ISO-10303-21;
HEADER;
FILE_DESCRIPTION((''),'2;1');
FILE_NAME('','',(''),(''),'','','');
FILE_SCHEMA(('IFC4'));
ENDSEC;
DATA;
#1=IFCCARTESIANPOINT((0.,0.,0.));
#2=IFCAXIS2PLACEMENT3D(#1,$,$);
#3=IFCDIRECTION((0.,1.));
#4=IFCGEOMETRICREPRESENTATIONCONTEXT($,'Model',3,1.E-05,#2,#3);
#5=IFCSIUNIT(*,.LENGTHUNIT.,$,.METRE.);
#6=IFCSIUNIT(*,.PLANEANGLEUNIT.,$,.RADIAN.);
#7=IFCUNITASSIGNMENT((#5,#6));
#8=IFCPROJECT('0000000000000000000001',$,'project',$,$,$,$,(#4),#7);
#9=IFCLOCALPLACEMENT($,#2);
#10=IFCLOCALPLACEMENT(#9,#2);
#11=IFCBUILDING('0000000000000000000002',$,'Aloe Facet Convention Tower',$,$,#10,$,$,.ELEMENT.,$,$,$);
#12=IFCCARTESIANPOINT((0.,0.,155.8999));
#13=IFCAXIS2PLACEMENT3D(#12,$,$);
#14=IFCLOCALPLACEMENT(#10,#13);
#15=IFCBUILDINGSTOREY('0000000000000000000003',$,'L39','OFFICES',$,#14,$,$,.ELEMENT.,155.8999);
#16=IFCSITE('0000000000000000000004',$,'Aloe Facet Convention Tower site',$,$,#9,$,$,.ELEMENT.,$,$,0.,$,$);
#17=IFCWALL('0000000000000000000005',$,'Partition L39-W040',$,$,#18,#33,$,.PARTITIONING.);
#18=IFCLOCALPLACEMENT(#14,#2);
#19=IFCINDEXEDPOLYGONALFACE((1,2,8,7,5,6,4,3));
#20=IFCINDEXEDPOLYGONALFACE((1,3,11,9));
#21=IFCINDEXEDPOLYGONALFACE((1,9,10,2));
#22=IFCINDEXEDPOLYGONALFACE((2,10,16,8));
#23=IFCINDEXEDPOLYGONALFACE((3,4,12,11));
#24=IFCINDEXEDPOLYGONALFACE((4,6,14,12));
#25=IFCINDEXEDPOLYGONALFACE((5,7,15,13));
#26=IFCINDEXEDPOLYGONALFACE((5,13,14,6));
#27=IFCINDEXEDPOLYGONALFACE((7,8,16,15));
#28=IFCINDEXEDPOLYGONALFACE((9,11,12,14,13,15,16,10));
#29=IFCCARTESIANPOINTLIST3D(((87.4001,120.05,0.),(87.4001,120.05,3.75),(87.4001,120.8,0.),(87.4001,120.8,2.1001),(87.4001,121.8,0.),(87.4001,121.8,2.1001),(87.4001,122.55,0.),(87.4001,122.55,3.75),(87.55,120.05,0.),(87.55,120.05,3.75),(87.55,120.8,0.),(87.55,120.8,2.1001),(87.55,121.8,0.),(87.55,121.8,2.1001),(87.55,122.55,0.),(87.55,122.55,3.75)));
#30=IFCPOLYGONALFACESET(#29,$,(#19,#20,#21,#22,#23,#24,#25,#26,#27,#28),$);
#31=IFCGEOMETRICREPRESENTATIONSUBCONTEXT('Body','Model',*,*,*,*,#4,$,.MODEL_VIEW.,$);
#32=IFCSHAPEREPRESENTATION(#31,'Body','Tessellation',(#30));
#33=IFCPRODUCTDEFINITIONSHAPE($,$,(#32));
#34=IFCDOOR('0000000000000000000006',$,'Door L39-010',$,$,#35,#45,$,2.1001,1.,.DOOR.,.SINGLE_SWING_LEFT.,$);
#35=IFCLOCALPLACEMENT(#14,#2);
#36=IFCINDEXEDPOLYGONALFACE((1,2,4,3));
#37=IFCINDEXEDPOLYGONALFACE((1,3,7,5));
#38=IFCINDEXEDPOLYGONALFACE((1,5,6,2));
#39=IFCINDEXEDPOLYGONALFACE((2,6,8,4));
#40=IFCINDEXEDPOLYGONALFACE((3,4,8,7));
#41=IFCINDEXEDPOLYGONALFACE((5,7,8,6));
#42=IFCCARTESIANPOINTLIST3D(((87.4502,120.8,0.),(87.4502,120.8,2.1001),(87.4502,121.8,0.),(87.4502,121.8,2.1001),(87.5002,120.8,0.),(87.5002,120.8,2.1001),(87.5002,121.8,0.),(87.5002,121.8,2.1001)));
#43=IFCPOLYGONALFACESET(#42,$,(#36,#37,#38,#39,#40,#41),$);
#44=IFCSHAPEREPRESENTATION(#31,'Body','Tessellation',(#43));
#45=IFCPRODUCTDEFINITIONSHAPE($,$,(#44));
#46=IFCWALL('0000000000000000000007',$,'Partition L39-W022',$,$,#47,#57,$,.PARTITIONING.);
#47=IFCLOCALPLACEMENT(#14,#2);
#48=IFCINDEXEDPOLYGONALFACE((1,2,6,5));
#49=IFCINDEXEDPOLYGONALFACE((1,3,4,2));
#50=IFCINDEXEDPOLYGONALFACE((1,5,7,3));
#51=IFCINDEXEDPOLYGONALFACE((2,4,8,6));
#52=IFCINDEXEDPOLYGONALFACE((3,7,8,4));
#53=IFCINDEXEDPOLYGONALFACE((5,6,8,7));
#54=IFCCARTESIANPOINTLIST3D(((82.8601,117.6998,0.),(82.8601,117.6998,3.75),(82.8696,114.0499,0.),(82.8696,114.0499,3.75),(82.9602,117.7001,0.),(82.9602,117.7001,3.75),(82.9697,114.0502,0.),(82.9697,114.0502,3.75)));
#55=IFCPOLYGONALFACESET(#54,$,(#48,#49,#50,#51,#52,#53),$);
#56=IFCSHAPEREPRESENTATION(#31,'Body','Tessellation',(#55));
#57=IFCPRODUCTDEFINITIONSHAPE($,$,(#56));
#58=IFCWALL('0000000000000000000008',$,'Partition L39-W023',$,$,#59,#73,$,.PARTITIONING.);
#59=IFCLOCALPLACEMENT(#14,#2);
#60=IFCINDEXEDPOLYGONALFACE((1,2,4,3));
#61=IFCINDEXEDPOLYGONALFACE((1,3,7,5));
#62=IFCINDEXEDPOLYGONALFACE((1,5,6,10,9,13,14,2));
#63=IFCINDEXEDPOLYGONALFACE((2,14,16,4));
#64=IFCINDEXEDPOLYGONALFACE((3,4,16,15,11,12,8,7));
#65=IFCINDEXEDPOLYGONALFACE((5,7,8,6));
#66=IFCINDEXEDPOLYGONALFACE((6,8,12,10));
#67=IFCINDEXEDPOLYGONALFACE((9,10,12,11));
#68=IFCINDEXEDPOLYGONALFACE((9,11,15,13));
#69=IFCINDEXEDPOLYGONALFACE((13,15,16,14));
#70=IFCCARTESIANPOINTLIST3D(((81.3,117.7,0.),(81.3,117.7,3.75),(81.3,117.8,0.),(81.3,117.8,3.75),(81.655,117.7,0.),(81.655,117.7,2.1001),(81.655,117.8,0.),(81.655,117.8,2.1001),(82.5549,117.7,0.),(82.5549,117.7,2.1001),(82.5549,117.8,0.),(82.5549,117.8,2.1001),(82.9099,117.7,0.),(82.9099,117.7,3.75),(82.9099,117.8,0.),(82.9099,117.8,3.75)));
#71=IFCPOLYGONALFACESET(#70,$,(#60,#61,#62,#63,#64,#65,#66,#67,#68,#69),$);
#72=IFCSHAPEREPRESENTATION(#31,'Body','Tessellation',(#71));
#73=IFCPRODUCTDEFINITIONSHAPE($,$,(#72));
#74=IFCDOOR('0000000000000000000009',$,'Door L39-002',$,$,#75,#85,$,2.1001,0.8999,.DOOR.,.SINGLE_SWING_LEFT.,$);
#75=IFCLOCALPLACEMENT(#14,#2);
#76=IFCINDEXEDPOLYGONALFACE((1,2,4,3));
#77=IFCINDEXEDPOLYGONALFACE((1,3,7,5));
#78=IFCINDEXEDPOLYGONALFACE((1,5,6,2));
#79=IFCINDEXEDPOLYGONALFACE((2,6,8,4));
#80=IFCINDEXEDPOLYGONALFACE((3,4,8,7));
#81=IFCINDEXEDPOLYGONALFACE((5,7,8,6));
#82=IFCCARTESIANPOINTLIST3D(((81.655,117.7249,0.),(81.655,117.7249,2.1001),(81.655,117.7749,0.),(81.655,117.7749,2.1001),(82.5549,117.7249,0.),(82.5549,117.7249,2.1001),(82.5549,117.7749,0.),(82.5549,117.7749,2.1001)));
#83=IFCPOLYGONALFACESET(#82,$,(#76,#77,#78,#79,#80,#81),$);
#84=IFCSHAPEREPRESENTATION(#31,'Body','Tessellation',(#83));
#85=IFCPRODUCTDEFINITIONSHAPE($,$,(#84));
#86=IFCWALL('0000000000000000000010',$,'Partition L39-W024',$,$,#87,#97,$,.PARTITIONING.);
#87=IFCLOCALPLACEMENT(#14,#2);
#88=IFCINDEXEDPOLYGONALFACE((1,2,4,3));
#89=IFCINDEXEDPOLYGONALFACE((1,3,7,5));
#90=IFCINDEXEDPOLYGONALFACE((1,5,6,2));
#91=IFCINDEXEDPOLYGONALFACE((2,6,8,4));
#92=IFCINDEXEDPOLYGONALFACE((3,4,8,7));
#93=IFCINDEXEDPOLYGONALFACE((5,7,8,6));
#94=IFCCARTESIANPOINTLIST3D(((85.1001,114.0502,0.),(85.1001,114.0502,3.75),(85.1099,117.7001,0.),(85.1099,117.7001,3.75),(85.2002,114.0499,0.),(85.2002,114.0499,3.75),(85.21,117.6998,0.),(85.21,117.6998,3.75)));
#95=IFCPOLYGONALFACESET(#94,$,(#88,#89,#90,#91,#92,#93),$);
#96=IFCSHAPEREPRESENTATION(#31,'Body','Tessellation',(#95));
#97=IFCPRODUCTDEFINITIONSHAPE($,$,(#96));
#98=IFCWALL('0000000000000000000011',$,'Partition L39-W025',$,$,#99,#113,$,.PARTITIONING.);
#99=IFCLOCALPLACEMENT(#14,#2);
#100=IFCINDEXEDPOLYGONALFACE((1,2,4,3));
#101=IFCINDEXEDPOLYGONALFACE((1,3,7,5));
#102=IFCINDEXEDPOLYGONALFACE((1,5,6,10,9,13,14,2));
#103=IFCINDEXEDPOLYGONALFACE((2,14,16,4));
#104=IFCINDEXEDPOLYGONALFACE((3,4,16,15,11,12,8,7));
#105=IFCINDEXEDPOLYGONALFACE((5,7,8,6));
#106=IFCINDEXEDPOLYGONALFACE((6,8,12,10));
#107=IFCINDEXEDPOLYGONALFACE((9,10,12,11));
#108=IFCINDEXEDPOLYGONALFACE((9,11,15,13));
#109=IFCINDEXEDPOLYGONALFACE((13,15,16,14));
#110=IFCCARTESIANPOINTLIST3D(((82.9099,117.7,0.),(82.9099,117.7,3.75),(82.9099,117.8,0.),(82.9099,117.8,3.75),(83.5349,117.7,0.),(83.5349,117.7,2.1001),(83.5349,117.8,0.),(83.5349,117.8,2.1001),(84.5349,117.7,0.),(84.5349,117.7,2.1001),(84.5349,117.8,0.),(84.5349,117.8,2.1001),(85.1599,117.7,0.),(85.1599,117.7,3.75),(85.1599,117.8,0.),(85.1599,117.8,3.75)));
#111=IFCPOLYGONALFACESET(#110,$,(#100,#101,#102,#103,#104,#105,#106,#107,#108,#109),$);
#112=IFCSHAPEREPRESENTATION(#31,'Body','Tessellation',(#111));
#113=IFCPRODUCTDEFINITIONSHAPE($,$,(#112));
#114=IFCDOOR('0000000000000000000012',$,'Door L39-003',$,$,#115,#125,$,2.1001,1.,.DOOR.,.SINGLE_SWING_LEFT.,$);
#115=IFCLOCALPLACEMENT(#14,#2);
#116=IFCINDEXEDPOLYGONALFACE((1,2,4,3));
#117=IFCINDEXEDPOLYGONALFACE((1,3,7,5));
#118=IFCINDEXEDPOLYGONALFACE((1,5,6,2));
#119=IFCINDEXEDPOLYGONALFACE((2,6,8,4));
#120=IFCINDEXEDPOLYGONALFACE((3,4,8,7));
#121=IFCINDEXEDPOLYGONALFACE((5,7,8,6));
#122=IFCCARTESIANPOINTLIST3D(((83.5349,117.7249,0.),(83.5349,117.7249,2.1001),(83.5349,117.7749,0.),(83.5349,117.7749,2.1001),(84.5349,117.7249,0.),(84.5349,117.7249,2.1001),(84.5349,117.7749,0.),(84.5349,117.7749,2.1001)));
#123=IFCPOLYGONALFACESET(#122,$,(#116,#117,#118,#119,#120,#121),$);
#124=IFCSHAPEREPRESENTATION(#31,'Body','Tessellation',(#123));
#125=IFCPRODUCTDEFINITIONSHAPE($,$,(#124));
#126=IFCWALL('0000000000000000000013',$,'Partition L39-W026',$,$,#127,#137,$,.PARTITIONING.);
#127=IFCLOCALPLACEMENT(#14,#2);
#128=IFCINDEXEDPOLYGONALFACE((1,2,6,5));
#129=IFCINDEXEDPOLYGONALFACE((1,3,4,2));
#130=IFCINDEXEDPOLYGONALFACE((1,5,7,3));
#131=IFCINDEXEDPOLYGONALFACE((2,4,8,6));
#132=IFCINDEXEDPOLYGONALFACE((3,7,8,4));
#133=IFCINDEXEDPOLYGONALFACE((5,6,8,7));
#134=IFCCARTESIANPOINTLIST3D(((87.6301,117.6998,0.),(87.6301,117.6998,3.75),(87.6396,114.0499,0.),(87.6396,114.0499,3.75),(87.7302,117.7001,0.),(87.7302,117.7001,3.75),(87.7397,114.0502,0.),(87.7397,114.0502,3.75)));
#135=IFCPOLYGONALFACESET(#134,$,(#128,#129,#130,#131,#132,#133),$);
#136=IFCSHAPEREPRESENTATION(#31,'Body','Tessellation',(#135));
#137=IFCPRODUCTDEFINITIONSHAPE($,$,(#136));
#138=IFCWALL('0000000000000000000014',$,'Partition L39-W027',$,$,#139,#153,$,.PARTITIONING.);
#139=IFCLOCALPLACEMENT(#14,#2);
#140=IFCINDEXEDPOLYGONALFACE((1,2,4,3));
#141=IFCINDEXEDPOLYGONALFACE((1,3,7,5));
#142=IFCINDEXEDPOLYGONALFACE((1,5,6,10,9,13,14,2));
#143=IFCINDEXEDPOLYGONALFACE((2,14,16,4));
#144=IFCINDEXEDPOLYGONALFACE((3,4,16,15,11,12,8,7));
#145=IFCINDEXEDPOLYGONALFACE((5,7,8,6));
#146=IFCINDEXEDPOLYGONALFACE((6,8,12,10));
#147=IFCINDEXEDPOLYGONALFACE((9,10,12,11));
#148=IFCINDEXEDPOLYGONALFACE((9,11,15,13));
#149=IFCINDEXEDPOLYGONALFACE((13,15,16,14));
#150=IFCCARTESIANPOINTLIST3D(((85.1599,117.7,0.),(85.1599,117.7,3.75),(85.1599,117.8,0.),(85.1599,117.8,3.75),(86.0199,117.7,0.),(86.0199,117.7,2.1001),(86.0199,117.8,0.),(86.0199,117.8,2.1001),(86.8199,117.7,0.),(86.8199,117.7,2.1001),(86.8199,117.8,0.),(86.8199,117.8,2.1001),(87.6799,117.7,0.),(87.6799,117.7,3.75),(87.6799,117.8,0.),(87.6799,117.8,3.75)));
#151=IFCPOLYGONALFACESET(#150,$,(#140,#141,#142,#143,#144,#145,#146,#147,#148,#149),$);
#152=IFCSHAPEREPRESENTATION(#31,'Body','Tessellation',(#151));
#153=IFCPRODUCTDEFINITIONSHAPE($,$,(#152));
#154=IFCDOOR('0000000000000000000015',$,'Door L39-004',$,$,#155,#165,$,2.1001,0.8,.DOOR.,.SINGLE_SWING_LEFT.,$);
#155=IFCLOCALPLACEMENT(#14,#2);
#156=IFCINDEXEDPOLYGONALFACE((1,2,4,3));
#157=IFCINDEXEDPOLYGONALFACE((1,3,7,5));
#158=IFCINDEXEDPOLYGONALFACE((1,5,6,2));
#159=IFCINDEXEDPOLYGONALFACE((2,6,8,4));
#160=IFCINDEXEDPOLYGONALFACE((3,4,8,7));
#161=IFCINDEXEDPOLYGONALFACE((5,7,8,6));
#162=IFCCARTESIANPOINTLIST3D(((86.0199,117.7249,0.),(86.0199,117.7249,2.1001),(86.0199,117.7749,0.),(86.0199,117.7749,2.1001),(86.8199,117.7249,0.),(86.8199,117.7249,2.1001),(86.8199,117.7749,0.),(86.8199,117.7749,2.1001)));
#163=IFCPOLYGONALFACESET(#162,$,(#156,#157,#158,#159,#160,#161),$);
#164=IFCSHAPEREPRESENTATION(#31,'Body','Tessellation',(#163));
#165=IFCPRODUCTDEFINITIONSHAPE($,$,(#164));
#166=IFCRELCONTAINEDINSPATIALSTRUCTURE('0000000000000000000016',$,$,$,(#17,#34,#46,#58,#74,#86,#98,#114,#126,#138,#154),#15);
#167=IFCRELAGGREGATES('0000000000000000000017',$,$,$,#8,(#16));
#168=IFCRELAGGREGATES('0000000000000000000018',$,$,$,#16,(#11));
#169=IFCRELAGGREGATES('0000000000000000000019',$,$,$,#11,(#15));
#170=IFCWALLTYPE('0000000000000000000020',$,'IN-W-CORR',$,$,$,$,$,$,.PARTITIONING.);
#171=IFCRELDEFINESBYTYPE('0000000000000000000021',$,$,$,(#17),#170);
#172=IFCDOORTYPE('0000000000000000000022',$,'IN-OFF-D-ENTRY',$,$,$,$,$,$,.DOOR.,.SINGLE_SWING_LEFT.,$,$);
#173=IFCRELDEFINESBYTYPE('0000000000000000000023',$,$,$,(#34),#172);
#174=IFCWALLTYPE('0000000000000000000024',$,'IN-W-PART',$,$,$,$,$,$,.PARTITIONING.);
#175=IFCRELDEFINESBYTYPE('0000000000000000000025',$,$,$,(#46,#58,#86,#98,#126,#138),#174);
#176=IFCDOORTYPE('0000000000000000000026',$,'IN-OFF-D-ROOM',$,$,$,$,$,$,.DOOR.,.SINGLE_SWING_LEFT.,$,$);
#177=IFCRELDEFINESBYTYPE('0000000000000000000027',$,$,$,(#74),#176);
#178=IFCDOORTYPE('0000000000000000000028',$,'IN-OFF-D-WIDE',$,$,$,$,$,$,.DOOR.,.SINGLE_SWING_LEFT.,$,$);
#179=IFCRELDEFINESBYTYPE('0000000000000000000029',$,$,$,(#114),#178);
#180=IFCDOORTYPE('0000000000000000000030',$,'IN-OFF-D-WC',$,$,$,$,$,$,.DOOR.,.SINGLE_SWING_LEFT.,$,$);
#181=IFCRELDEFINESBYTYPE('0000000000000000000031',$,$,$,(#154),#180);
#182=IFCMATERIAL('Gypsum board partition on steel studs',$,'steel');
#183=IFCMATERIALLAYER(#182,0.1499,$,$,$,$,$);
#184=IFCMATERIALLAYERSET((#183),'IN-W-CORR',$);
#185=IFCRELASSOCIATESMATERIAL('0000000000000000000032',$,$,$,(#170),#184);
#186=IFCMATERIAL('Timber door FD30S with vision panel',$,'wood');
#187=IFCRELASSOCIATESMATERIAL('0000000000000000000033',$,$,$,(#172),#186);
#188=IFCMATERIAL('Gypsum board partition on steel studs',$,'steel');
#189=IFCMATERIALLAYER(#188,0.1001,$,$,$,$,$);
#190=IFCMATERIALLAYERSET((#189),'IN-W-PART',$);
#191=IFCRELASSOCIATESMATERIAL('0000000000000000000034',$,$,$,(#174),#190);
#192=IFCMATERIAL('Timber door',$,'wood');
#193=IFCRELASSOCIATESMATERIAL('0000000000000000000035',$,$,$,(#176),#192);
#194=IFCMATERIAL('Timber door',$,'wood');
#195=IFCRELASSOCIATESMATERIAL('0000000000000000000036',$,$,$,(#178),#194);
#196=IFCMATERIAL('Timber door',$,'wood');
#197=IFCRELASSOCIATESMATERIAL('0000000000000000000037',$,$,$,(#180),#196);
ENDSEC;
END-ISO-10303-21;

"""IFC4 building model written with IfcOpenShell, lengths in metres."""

from ifc_helpers import new_model, si_unit, direction, frame, frame_2d, origin, place, context, subcontext, project, spatial, rectangle, extrude, material, layer, layer_set, type_object, element, fill, save


model = new_model("IFC4")

# Units and contexts
model_context = context("Model", 3, precision=1e-05, world=origin(), true_north=direction((0.0, 1.0)))
body_context = subcontext(model_context, "Body", "Model", "MODEL_VIEW")
ifc_project = project(units=[si_unit("LENGTHUNIT", "METRE"), si_unit("PLANEANGLEUNIT", "RADIAN")], contexts=[model_context])

# Site, building, storey
site_placement = place(None, origin())
site = spatial("IfcSite", under=ifc_project, at=site_placement, Name="Aloe Facet Convention Tower site", CompositionType="ELEMENT", RefElevation=0.0)
building_placement = place(site_placement, origin())
building = spatial("IfcBuilding", under=site, at=building_placement, Name="Aloe Facet Convention Tower", CompositionType="ELEMENT")
storey_placement = place(building_placement, frame((0.0, 0.0, 155.8999)))
storey = spatial("IfcBuildingStorey", under=building, at=storey_placement, Name="L39", Description="OFFICES", CompositionType="ELEMENT", Elevation=155.8999)

# Wall, opening, door
ifc_material_1 = material(Name="Gypsum board partition on steel studs", Category="steel")
ifc_layer_1 = layer(ifc_material_1, 0.1499)
ifc_layer_set_1 = layer_set([ifc_layer_1], Name="IN-W-CORR")
wall_type_1 = type_object("IfcWallType", Name="IN-W-CORR", PredefinedType="PARTITIONING", material=ifc_layer_set_1)
ifc_material_2 = material(Name="Timber door FD30S with vision panel", Category="wood")
door_type_1 = type_object("IfcDoorType", Name="IN-OFF-D-ENTRY", OperationType="SINGLE_SWING_LEFT", PredefinedType="DOOR", material=ifc_material_2)
wall_1_placement = place(storey_placement, frame((87.4751, 120.05, 0.0), z_axis=(0.0, 0.0, 1.0), x_axis=(0.0, 1.0, 0.0)))
wall_1 = element("IfcWall", 1, at=wall_1_placement, inside=storey, type_object=wall_type_1, Name="Partition L39-W040", PredefinedType="PARTITIONING", context=body_context, shape_type="SweptSolid", body=[
    extrude(rectangle(XDim=2.5, YDim=0.1499, at=frame_2d((1.25, 0.0))), origin(), (0.0, 0.0, 1.0), 3.75),
])
opening_1_placement = place(wall_1_placement, frame((0.75, 0.0, 0.0)))
opening_1 = element("IfcOpeningElement", 2, at=opening_1_placement, cuts=wall_1, PredefinedType="OPENING", context=body_context, shape_type="SweptSolid", body=[
    extrude(rectangle(XDim=1.0, YDim=2.1001, at=frame_2d((0.5, 1.05))), frame((0.0, 0.085, 0.0), z_axis=(0.0, -1.0, 0.0), x_axis=(1.0, 0.0, 0.0)), (0.0, 0.0, 1.0), 0.1699),
])
door_1_placement = place(opening_1_placement, origin())
door_1 = element("IfcDoor", 3, at=door_1_placement, inside=storey, type_object=door_type_1, Name="Door L39-010", OperationType="SINGLE_SWING_LEFT", OverallHeight=2.1001, OverallWidth=1.0, PredefinedType="DOOR", context=body_context, shape_type="SweptSolid", body=[
    extrude(rectangle(XDim=1.0, YDim=2.1001, at=frame_2d((0.5, 1.05))), frame((0.0, 0.0249, 0.0), z_axis=(0.0, -1.0, 0.0), x_axis=(1.0, 0.0, 0.0)), (0.0, 0.0, 1.0), 0.05),
])
fill(opening_1, door_1)

# Wall
ifc_material_3 = material(Name="Gypsum board partition on steel studs", Category="steel")
ifc_layer_2 = layer(ifc_material_3, 0.1001)
ifc_layer_set_2 = layer_set([ifc_layer_2], Name="IN-W-PART")
wall_type_2 = type_object("IfcWallType", Name="IN-W-PART", PredefinedType="PARTITIONING", material=ifc_layer_set_2)
wall_2_placement = place(storey_placement, frame((82.9197, 114.05, 0.0), z_axis=(0.0, 0.0, 1.0), x_axis=(-0.002609, 0.999997, 0.0)))
element("IfcWall", 4, at=wall_2_placement, inside=storey, type_object=wall_type_2, Name="Partition L39-W022", PredefinedType="PARTITIONING", context=body_context, shape_type="SweptSolid", body=[
    extrude(rectangle(XDim=3.6499, YDim=0.1001, at=frame_2d((1.825, 0.0))), origin(), (0.0, 0.0, 1.0), 3.75),
])

# Wall, opening, door
wall_3_placement = place(storey_placement, frame((81.3, 117.75, 0.0), z_axis=(0.0, 0.0, 1.0), x_axis=(1.0, 0.0, 0.0)))
wall_3 = element("IfcWall", 5, at=wall_3_placement, inside=storey, type_object=wall_type_2, Name="Partition L39-W023", PredefinedType="PARTITIONING", context=body_context, shape_type="SweptSolid", body=[
    extrude(rectangle(XDim=1.6099, YDim=0.1001, at=frame_2d((0.8049, 0.0))), origin(), (0.0, 0.0, 1.0), 3.75),
])
opening_2_placement = place(wall_3_placement, frame((0.355, 0.0, 0.0)))
opening_2 = element("IfcOpeningElement", 6, at=opening_2_placement, cuts=wall_3, PredefinedType="OPENING", context=body_context, shape_type="SweptSolid", body=[
    extrude(rectangle(XDim=0.8999, YDim=2.1001, at=frame_2d((0.45, 1.05))), frame((0.0, 0.0601, 0.0), z_axis=(0.0, -1.0, 0.0), x_axis=(1.0, 0.0, 0.0)), (0.0, 0.0, 1.0), 0.1201),
])
ifc_material_4 = material(Name="Timber door", Category="wood")
door_type_2 = type_object("IfcDoorType", Name="IN-OFF-D-ROOM", OperationType="SINGLE_SWING_LEFT", PredefinedType="DOOR", material=ifc_material_4)
door_2_placement = place(opening_2_placement, origin())
door_2 = element("IfcDoor", 7, at=door_2_placement, inside=storey, type_object=door_type_2, Name="Door L39-002", OperationType="SINGLE_SWING_LEFT", OverallHeight=2.1001, OverallWidth=0.8999, PredefinedType="DOOR", context=body_context, shape_type="SweptSolid", body=[
    extrude(rectangle(XDim=0.8999, YDim=2.1001, at=frame_2d((0.45, 1.05))), frame((0.0, 0.0249, 0.0), z_axis=(0.0, -1.0, 0.0), x_axis=(1.0, 0.0, 0.0)), (0.0, 0.0, 1.0), 0.05),
])
fill(opening_2, door_2)

# Wall
wall_4_placement = place(storey_placement, frame((85.1501, 114.05, 0.0), z_axis=(0.0, 0.0, 1.0), x_axis=(0.002676, 0.999996, 0.0)))
element("IfcWall", 8, at=wall_4_placement, inside=storey, type_object=wall_type_2, Name="Partition L39-W024", PredefinedType="PARTITIONING", context=body_context, shape_type="SweptSolid", body=[
    extrude(rectangle(XDim=3.6499, YDim=0.1001, at=frame_2d((1.825, 0.0))), origin(), (0.0, 0.0, 1.0), 3.75),
])

# Wall, opening, door
wall_5_placement = place(storey_placement, frame((82.9099, 117.75, 0.0), z_axis=(0.0, 0.0, 1.0), x_axis=(1.0, 0.0, 0.0)))
wall_5 = element("IfcWall", 9, at=wall_5_placement, inside=storey, type_object=wall_type_2, Name="Partition L39-W025", PredefinedType="PARTITIONING", context=body_context, shape_type="SweptSolid", body=[
    extrude(rectangle(XDim=2.25, YDim=0.1001, at=frame_2d((1.125, 0.0))), origin(), (0.0, 0.0, 1.0), 3.75),
])
opening_3_placement = place(wall_5_placement, frame((0.625, 0.0, 0.0)))
opening_3 = element("IfcOpeningElement", 10, at=opening_3_placement, cuts=wall_5, PredefinedType="OPENING", context=body_context, shape_type="SweptSolid", body=[
    extrude(rectangle(XDim=1.0, YDim=2.1001, at=frame_2d((0.5, 1.05))), frame((0.0, 0.0601, 0.0), z_axis=(0.0, -1.0, 0.0), x_axis=(1.0, 0.0, 0.0)), (0.0, 0.0, 1.0), 0.1201),
])
ifc_material_5 = material(Name="Timber door", Category="wood")
door_type_3 = type_object("IfcDoorType", Name="IN-OFF-D-WIDE", OperationType="SINGLE_SWING_LEFT", PredefinedType="DOOR", material=ifc_material_5)
door_3_placement = place(opening_3_placement, origin())
door_3 = element("IfcDoor", 11, at=door_3_placement, inside=storey, type_object=door_type_3, Name="Door L39-003", OperationType="SINGLE_SWING_LEFT", OverallHeight=2.1001, OverallWidth=1.0, PredefinedType="DOOR", context=body_context, shape_type="SweptSolid", body=[
    extrude(rectangle(XDim=1.0, YDim=2.1001, at=frame_2d((0.5, 1.05))), frame((0.0, 0.0249, 0.0), z_axis=(0.0, -1.0, 0.0), x_axis=(1.0, 0.0, 0.0)), (0.0, 0.0, 1.0), 0.05),
])
fill(opening_3, door_3)

# Wall
wall_6_placement = place(storey_placement, frame((87.6897, 114.05, 0.0), z_axis=(0.0, 0.0, 1.0), x_axis=(-0.002609, 0.999997, 0.0)))
element("IfcWall", 12, at=wall_6_placement, inside=storey, type_object=wall_type_2, Name="Partition L39-W026", PredefinedType="PARTITIONING", context=body_context, shape_type="SweptSolid", body=[
    extrude(rectangle(XDim=3.6499, YDim=0.1001, at=frame_2d((1.825, 0.0))), origin(), (0.0, 0.0, 1.0), 3.75),
])

# Wall, opening, door
wall_7_placement = place(storey_placement, frame((85.1599, 117.75, 0.0), z_axis=(0.0, 0.0, 1.0), x_axis=(1.0, 0.0, 0.0)))
wall_7 = element("IfcWall", 13, at=wall_7_placement, inside=storey, type_object=wall_type_2, Name="Partition L39-W027", PredefinedType="PARTITIONING", context=body_context, shape_type="SweptSolid", body=[
    extrude(rectangle(XDim=2.52, YDim=0.1001, at=frame_2d((1.26, 0.0))), origin(), (0.0, 0.0, 1.0), 3.75),
])
opening_4_placement = place(wall_7_placement, frame((0.8601, 0.0, 0.0)))
opening_4 = element("IfcOpeningElement", 14, at=opening_4_placement, cuts=wall_7, PredefinedType="OPENING", context=body_context, shape_type="SweptSolid", body=[
    extrude(rectangle(XDim=0.8, YDim=2.1001, at=frame_2d((0.3999, 1.05))), frame((0.0, 0.0601, 0.0), z_axis=(0.0, -1.0, 0.0), x_axis=(1.0, 0.0, 0.0)), (0.0, 0.0, 1.0), 0.1201),
])
ifc_material_6 = material(Name="Timber door", Category="wood")
door_type_4 = type_object("IfcDoorType", Name="IN-OFF-D-WC", OperationType="SINGLE_SWING_LEFT", PredefinedType="DOOR", material=ifc_material_6)
door_4_placement = place(opening_4_placement, origin())
door_4 = element("IfcDoor", 15, at=door_4_placement, inside=storey, type_object=door_type_4, Name="Door L39-004", OperationType="SINGLE_SWING_LEFT", OverallHeight=2.1001, OverallWidth=0.8, PredefinedType="DOOR", context=body_context, shape_type="SweptSolid", body=[
    extrude(rectangle(XDim=0.8, YDim=2.1001, at=frame_2d((0.3999, 1.05))), frame((0.0, 0.0249, 0.0), z_axis=(0.0, -1.0, 0.0), x_axis=(1.0, 0.0, 0.0)), (0.0, 0.0, 1.0), 0.05),
])
fill(opening_4, door_4)

save(model, "model.ifc")
